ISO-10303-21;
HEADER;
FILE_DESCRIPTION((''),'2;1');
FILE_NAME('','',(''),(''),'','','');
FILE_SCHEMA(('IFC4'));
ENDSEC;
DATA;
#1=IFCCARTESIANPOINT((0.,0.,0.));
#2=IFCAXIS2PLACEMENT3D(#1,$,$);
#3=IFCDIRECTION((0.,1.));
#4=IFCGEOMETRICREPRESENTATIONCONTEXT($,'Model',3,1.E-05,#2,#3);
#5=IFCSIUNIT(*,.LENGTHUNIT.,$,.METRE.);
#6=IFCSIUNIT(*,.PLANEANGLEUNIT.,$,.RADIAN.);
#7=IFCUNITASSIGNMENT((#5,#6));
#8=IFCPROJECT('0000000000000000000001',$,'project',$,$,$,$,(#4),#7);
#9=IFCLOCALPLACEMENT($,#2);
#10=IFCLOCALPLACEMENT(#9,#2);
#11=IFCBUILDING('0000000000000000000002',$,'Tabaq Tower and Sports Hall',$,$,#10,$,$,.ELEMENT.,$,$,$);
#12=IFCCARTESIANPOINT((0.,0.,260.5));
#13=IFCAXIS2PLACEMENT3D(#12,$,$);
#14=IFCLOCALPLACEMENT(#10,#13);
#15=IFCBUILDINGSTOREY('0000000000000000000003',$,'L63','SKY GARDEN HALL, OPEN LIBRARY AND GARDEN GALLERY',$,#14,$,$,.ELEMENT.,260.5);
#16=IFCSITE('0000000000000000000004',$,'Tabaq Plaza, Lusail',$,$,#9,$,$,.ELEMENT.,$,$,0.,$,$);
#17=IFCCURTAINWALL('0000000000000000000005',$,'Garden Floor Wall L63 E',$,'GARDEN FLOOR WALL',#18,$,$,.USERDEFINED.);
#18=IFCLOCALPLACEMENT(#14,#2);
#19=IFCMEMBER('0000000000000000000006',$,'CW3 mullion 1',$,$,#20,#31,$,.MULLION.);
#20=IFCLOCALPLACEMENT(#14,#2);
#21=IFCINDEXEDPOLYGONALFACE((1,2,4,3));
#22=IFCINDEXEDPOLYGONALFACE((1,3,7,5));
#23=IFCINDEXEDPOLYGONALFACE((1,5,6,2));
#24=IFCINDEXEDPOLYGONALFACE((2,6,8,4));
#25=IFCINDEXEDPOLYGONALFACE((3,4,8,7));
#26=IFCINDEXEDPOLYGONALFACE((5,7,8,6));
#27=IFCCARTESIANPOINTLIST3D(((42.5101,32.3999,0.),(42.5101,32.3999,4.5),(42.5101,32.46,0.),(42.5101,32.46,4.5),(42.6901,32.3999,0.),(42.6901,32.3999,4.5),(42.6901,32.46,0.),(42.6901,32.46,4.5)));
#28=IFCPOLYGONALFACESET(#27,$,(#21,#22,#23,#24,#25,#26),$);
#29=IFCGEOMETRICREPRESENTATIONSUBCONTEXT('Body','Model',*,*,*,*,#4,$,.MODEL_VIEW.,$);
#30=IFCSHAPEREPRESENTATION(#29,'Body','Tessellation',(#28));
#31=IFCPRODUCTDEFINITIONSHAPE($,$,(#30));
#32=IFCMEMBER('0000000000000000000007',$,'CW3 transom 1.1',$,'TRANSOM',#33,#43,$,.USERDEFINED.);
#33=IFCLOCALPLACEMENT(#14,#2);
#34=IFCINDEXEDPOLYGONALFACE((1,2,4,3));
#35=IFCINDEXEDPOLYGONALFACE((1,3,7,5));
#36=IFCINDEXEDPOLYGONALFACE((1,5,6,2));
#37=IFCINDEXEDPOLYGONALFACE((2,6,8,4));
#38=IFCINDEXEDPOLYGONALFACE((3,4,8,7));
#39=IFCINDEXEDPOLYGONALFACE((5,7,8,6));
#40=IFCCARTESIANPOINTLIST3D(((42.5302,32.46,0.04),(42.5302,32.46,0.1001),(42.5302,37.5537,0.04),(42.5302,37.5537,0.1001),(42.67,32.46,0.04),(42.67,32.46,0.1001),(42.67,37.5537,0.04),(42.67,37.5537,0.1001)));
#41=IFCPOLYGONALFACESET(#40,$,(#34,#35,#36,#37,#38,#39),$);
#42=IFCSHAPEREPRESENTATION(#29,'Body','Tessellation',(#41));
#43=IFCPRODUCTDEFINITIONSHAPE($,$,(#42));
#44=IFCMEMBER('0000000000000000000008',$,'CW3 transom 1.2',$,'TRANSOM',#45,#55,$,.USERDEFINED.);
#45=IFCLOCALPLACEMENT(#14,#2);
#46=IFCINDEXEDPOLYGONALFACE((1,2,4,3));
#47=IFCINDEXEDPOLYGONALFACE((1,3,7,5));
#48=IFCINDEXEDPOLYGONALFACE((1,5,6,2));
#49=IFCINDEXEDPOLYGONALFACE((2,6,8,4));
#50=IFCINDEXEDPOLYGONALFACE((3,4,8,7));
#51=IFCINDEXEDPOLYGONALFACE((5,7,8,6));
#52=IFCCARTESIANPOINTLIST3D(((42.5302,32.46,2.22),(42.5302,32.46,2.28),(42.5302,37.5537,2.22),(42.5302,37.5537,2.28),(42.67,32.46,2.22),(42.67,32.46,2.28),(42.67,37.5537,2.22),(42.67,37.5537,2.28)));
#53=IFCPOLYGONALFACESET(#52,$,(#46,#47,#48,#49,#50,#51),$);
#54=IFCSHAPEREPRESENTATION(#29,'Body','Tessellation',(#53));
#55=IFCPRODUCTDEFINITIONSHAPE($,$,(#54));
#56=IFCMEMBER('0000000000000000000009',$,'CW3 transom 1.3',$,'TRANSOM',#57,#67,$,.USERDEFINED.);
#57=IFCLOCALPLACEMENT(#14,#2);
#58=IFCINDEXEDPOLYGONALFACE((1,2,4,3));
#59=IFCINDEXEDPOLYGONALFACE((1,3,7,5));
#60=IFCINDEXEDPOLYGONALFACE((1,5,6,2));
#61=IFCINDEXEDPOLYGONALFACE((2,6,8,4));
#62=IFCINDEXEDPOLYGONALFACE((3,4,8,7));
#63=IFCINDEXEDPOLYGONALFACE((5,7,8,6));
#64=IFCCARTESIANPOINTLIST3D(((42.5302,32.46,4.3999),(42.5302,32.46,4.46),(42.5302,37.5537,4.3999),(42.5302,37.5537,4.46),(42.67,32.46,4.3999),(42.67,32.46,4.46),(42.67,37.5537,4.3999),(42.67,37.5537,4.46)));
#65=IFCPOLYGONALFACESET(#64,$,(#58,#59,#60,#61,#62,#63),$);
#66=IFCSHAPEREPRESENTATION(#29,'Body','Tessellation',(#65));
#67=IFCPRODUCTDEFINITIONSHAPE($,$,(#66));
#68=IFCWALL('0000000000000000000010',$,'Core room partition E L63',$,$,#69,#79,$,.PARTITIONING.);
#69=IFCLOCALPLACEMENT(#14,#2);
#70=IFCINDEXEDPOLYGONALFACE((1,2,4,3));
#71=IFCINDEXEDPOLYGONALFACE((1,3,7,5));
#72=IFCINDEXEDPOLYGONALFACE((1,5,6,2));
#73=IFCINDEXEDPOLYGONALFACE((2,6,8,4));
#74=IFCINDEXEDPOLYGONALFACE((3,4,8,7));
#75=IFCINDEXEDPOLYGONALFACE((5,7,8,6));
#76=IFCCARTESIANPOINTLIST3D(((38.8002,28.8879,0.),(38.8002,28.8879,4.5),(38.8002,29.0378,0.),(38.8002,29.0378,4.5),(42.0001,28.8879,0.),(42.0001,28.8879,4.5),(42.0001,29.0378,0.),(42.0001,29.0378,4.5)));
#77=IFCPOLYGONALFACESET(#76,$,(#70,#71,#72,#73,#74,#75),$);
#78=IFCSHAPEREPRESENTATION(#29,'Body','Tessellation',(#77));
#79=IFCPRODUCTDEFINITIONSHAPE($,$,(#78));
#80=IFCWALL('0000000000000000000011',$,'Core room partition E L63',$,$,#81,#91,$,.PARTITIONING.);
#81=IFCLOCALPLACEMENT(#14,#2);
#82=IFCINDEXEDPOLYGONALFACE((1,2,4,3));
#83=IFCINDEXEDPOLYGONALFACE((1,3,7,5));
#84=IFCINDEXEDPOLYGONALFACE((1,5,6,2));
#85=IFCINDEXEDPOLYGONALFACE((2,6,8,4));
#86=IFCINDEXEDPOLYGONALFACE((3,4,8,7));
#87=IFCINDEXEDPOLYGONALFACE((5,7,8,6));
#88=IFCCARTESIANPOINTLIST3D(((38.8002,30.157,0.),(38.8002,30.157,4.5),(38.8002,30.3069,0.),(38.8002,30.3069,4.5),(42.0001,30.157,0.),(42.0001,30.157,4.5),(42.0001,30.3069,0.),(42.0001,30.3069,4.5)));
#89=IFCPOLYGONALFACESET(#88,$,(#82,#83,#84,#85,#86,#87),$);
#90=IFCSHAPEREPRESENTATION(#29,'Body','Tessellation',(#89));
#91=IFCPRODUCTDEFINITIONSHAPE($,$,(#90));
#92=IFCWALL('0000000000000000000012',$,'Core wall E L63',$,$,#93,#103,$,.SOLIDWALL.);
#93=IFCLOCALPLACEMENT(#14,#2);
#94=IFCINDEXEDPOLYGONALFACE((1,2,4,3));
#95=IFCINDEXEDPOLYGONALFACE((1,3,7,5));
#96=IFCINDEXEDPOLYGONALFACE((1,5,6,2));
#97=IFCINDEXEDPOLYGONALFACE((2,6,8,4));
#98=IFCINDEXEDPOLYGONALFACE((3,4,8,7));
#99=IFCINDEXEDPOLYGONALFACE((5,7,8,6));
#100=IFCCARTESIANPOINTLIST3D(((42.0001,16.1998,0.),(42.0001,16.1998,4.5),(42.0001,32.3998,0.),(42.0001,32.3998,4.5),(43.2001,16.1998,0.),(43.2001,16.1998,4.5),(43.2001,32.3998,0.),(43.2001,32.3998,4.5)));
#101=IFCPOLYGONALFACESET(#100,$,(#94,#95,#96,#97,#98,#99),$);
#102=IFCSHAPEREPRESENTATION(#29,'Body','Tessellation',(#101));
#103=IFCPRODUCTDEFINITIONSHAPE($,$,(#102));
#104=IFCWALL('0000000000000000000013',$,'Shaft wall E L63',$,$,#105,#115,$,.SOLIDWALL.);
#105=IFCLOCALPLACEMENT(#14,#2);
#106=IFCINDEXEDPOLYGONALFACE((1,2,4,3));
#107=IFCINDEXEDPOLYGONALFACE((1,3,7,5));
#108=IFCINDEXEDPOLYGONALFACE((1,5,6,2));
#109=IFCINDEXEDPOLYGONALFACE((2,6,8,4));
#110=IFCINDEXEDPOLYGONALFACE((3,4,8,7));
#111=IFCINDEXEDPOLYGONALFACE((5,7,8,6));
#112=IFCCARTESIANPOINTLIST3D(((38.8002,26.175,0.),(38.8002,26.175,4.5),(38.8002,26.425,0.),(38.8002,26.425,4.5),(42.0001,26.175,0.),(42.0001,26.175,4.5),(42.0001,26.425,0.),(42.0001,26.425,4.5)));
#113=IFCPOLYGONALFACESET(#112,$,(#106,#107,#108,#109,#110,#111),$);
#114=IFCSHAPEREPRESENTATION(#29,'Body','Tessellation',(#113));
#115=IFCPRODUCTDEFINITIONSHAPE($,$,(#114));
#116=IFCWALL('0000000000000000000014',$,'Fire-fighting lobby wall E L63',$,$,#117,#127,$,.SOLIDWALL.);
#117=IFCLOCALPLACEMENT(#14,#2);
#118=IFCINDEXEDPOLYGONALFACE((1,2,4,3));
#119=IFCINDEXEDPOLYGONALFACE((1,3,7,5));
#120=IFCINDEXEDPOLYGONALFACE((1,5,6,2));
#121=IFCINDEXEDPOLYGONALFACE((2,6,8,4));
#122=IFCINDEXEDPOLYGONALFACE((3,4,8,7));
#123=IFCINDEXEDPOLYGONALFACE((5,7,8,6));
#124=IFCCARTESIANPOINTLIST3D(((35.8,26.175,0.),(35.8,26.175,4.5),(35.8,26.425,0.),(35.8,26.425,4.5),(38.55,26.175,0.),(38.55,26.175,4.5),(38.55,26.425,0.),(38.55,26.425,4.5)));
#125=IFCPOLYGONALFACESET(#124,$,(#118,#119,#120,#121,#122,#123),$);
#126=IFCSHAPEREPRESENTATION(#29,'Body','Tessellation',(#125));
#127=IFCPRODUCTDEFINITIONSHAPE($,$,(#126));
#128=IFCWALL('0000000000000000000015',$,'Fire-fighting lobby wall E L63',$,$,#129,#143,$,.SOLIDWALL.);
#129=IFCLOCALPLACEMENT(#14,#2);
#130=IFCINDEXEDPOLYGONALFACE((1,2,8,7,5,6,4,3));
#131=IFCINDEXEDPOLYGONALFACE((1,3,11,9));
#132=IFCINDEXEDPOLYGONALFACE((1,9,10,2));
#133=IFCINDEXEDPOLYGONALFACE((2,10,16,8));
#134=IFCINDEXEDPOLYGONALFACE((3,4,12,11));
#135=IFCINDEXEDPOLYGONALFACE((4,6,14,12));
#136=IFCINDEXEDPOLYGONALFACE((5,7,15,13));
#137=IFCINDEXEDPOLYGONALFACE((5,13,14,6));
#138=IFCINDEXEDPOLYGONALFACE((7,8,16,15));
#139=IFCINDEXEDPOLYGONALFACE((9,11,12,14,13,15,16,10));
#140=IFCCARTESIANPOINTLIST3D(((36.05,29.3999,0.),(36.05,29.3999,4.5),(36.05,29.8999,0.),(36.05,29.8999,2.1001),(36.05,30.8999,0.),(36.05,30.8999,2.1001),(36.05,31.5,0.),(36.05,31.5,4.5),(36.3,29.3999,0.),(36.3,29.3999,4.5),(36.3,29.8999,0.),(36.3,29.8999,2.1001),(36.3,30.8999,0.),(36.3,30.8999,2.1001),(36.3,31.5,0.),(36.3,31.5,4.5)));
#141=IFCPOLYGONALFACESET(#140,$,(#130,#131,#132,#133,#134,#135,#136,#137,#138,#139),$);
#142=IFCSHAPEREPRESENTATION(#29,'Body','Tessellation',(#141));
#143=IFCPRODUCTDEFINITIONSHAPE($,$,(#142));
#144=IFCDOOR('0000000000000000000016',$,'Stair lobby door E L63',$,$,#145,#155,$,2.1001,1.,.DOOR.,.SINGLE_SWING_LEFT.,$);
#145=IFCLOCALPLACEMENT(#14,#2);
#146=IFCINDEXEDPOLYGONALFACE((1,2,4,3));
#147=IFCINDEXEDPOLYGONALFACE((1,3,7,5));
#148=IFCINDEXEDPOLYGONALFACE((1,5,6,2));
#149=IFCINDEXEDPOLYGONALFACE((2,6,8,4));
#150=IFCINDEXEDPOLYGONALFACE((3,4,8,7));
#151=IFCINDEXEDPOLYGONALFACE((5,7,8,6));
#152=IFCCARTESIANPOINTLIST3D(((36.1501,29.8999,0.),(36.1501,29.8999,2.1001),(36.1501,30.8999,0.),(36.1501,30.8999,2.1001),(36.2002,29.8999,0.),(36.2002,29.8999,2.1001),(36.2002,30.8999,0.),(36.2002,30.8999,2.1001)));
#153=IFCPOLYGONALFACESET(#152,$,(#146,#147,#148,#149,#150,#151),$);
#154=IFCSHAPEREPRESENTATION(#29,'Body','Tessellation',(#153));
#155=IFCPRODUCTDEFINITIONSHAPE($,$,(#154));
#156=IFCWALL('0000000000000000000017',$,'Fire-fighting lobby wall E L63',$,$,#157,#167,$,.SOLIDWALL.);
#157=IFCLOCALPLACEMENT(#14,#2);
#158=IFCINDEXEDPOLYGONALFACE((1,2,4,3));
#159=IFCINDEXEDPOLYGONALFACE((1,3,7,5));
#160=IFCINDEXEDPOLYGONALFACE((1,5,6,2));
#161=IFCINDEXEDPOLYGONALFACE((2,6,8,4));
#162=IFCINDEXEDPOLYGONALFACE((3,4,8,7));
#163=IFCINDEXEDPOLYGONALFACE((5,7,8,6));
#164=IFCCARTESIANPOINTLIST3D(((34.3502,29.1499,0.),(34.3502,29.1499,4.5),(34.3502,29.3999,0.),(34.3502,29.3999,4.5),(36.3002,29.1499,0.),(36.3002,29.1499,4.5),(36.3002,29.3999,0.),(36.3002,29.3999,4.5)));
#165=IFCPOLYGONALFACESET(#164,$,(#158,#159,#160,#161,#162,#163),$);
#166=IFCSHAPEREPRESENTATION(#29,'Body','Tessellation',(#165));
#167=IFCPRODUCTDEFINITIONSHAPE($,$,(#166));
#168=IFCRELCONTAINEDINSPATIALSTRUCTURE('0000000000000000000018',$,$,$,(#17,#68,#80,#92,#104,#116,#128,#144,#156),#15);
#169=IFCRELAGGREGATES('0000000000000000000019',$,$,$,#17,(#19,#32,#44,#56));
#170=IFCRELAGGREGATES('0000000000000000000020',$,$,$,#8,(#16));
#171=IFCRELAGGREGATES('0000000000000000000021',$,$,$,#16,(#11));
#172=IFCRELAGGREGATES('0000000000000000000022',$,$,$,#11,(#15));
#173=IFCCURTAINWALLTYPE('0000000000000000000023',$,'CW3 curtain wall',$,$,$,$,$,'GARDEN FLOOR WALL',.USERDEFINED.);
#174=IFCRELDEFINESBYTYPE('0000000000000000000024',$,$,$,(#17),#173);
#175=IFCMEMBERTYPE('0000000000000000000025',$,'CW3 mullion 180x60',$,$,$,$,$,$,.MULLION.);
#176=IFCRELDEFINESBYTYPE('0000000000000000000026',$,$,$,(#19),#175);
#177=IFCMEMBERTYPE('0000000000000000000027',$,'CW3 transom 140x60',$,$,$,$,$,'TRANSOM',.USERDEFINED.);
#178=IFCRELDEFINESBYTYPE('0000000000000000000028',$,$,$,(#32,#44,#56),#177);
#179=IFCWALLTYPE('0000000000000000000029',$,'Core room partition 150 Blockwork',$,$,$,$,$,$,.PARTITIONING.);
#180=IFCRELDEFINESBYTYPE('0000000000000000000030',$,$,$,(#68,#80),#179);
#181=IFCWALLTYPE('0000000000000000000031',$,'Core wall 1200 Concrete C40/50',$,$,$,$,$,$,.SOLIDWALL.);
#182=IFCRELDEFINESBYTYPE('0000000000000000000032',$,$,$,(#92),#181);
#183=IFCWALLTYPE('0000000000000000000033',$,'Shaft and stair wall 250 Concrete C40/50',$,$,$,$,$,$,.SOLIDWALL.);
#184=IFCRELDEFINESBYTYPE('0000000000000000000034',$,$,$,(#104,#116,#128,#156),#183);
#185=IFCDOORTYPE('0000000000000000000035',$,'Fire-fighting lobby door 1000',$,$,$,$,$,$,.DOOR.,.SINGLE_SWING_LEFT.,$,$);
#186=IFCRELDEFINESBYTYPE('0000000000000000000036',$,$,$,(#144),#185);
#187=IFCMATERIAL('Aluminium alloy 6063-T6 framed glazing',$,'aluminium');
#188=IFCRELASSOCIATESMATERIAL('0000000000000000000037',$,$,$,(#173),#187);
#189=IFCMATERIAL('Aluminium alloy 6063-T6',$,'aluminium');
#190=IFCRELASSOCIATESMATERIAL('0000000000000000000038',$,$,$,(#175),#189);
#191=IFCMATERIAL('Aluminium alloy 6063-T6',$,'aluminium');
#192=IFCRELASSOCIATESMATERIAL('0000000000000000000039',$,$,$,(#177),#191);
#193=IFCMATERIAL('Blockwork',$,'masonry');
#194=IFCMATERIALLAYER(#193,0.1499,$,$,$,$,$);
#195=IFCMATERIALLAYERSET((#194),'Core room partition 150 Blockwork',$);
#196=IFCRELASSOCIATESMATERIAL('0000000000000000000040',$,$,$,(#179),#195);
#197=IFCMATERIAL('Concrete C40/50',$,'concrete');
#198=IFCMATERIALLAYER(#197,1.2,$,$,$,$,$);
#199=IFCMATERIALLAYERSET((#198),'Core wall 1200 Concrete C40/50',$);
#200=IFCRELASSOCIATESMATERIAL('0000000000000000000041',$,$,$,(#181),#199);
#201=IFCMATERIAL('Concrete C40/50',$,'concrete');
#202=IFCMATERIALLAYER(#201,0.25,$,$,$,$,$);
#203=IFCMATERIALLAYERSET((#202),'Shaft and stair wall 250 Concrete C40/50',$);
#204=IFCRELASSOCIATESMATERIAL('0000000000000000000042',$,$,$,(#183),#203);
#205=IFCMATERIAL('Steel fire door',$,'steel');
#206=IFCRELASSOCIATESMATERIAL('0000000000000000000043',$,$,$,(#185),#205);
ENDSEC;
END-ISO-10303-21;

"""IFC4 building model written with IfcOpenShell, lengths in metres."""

from ifc_helpers import new_model, si_unit, direction, frame, frame_2d, origin, origin_2d, place, context, subcontext, project, spatial, rectangle, extrude, material, layer, layer_set, material_profile, profile_set, type_object, element, fill, aggregate, save


model = new_model("IFC4")

# Units and contexts
model_context = context("Model", 3, precision=1e-05, world=origin(), true_north=direction((0.0, 1.0)))
body_context = subcontext(model_context, "Body", "Model", "MODEL_VIEW")
ifc_project = project(units=[si_unit("LENGTHUNIT", "METRE"), si_unit("PLANEANGLEUNIT", "RADIAN")], contexts=[model_context])

# Site, building, storey
site_placement = place(None, origin())
site = spatial("IfcSite", under=ifc_project, at=site_placement, Name="Tabaq Plaza, Lusail", CompositionType="ELEMENT", RefElevation=0.0)
building_placement = place(site_placement, origin())
building = spatial("IfcBuilding", under=site, at=building_placement, Name="Tabaq Tower and Sports Hall", CompositionType="ELEMENT")
storey_placement = place(building_placement, frame((0.0, 0.0, 260.5)))
storey = spatial("IfcBuildingStorey", under=building, at=storey_placement, Name="L63", Description="SKY GARDEN HALL, OPEN LIBRARY AND GARDEN GALLERY", CompositionType="ELEMENT", Elevation=260.5)

# Curtain wall, members
ifc_material_1 = material(Name="Aluminium alloy 6063-T6 framed glazing", Category="aluminium")
curtain_wall_type = type_object("IfcCurtainWallType", Name="CW3 curtain wall", ElementType="GARDEN FLOOR WALL", PredefinedType="USERDEFINED", material=ifc_material_1)
curtain_wall_placement = place(storey_placement, origin())
curtain_wall = element("IfcCurtainWall", 1, at=curtain_wall_placement, inside=storey, type_object=curtain_wall_type, Name="Garden Floor Wall L63 E", ObjectType="GARDEN FLOOR WALL", PredefinedType="USERDEFINED")
ifc_material_2 = material(Name="Aluminium alloy 6063-T6", Category="aluminium")
ifc_material_profile_1 = material_profile(ifc_material_2, rectangle(XDim=0.1799, YDim=0.0601, at=origin_2d()), Name="MULLION 180x60")
ifc_profile_set_1 = profile_set([ifc_material_profile_1], Name="Aluminium alloy 6063-T6")
member_type_1 = type_object("IfcMemberType", Name="CW3 mullion 180x60", PredefinedType="MULLION", material=ifc_profile_set_1)
member_1_placement = place(storey_placement, frame((42.6001, 32.4299, 0.0), z_axis=(0.0, 0.0, 1.0), x_axis=(-1.0, 0.0, 0.0)))
member_1 = element("IfcMember", 2, at=member_1_placement, type_object=member_type_1, Name="CW3 mullion 1", PredefinedType="MULLION", context=body_context, shape_type="SweptSolid", body=[
    extrude(rectangle(XDim=0.1799, YDim=0.0601, at=origin_2d()), origin(), (0.0, 0.0, 1.0), 4.5),
])
ifc_material_3 = material(Name="Aluminium alloy 6063-T6", Category="aluminium")
ifc_material_profile_2 = material_profile(ifc_material_3, rectangle(XDim=0.1399, YDim=0.0601, at=origin_2d()), Name="TRANSOM 140x60")
ifc_profile_set_2 = profile_set([ifc_material_profile_2], Name="Aluminium alloy 6063-T6")
member_type_2 = type_object("IfcMemberType", Name="CW3 transom 140x60", ElementType="TRANSOM", PredefinedType="USERDEFINED", material=ifc_profile_set_2)
member_2_placement = place(storey_placement, frame((42.6001, 32.46, 0.0701), z_axis=(0.0, 1.0, 0.0), x_axis=(-1.0, 0.0, 0.0)))
member_2 = element("IfcMember", 3, at=member_2_placement, type_object=member_type_2, Name="CW3 transom 1.1", ObjectType="TRANSOM", PredefinedType="USERDEFINED", context=body_context, shape_type="SweptSolid", body=[
    extrude(rectangle(XDim=0.1399, YDim=0.0601, at=origin_2d()), origin(), (0.0, 0.0, 1.0), 5.0938),
])
member_3_placement = place(storey_placement, frame((42.6001, 32.46, 2.25), z_axis=(0.0, 1.0, 0.0), x_axis=(-1.0, 0.0, 0.0)))
member_3 = element("IfcMember", 4, at=member_3_placement, type_object=member_type_2, Name="CW3 transom 1.2", ObjectType="TRANSOM", PredefinedType="USERDEFINED", context=body_context, shape_type="SweptSolid", body=[
    extrude(rectangle(XDim=0.1399, YDim=0.0601, at=origin_2d()), origin(), (0.0, 0.0, 1.0), 5.0938),
])
member_4_placement = place(storey_placement, frame((42.6001, 32.46, 4.4299), z_axis=(0.0, 1.0, 0.0), x_axis=(-1.0, 0.0, 0.0)))
member_4 = element("IfcMember", 5, at=member_4_placement, type_object=member_type_2, Name="CW3 transom 1.3", ObjectType="TRANSOM", PredefinedType="USERDEFINED", context=body_context, shape_type="SweptSolid", body=[
    extrude(rectangle(XDim=0.1399, YDim=0.0601, at=origin_2d()), origin(), (0.0, 0.0, 1.0), 5.0938),
])
aggregate(curtain_wall, [member_1, member_2, member_3, member_4])

# Walls
ifc_material_4 = material(Name="Blockwork", Category="masonry")
ifc_layer_1 = layer(ifc_material_4, 0.1499)
ifc_layer_set_1 = layer_set([ifc_layer_1], Name="Core room partition 150 Blockwork")
wall_type_1 = type_object("IfcWallType", Name="Core room partition 150 Blockwork", PredefinedType="PARTITIONING", material=ifc_layer_set_1)
for number, where, z_axis, x_axis, name in (
    (6, (38.8, 28.9629, 0.0), (0.0, 0.0, 1.0), (1.0, 0.0, 0.0), "Core room partition E L63"),
    (7, (38.8, 30.2319, 0.0), (0.0, 0.0, 1.0), (1.0, 0.0, 0.0), "Core room partition E L63"),
):
    element("IfcWall", number, at=place(storey_placement, frame(where, z_axis=z_axis, x_axis=x_axis)), inside=storey, type_object=wall_type_1, Name=name, PredefinedType="PARTITIONING", context=body_context, shape_type="SweptSolid", body=[
        extrude(rectangle(XDim=3.2, YDim=0.1499, at=frame_2d((1.6001, 0.0))), origin(), (0.0, 0.0, 1.0), 4.5),
    ])
ifc_material_5 = material(Name="Concrete C40/50", Category="concrete")
ifc_layer_2 = layer(ifc_material_5, 1.2)
ifc_layer_set_2 = layer_set([ifc_layer_2], Name="Core wall 1200 Concrete C40/50")
wall_type_2 = type_object("IfcWallType", Name="Core wall 1200 Concrete C40/50", PredefinedType="SOLIDWALL", material=ifc_layer_set_2)
wall_1_placement = place(storey_placement, frame((42.6001, 32.3999, 0.0), z_axis=(0.0, 0.0, 1.0), x_axis=(0.0, -1.0, 0.0)))
element("IfcWall", 8, at=wall_1_placement, inside=storey, type_object=wall_type_2, Name="Core wall E L63", PredefinedType="SOLIDWALL", context=body_context, shape_type="SweptSolid", body=[
    extrude(rectangle(XDim=16.2, YDim=1.2, at=frame_2d((8.1001, 0.0))), origin(), (0.0, 0.0, 1.0), 4.5),
])
ifc_material_6 = material(Name="Concrete C40/50", Category="concrete")
ifc_layer_3 = layer(ifc_material_6, 0.25)
ifc_layer_set_3 = layer_set([ifc_layer_3], Name="Shaft and stair wall 250 Concrete C40/50")
wall_type_3 = type_object("IfcWallType", Name="Shaft and stair wall 250 Concrete C40/50", PredefinedType="SOLIDWALL", material=ifc_layer_set_3)
wall_2_placement = place(storey_placement, frame((38.8, 26.3, 0.0), z_axis=(0.0, 0.0, 1.0), x_axis=(1.0, 0.0, 0.0)))
element("IfcWall", 9, at=wall_2_placement, inside=storey, type_object=wall_type_3, Name="Shaft wall E L63", PredefinedType="SOLIDWALL", context=body_context, shape_type="SweptSolid", body=[
    extrude(rectangle(XDim=3.2, YDim=0.25, at=frame_2d((1.6001, 0.0))), origin(), (0.0, 0.0, 1.0), 4.5),
])
wall_3_placement = place(storey_placement, frame((35.8, 26.3, 0.0), z_axis=(0.0, 0.0, 1.0), x_axis=(1.0, 0.0, 0.0)))
element("IfcWall", 10, at=wall_3_placement, inside=storey, type_object=wall_type_3, Name="Fire-fighting lobby wall E L63", PredefinedType="SOLIDWALL", context=body_context, shape_type="SweptSolid", body=[
    extrude(rectangle(XDim=2.75, YDim=0.25, at=frame_2d((1.375, 0.0))), origin(), (0.0, 0.0, 1.0), 4.5),
])

# Wall, opening, door
wall_4_placement = place(storey_placement, frame((36.175, 29.3999, 0.0), z_axis=(0.0, 0.0, 1.0), x_axis=(0.0, 1.0, 0.0)))
wall_4 = element("IfcWall", 11, at=wall_4_placement, inside=storey, type_object=wall_type_3, Name="Fire-fighting lobby wall E L63", PredefinedType="SOLIDWALL", context=body_context, shape_type="SweptSolid", body=[
    extrude(rectangle(XDim=2.1001, YDim=0.25, at=frame_2d((1.05, 0.0))), origin(), (0.0, 0.0, 1.0), 4.5),
])
opening_placement = place(wall_4_placement, frame((0.5, 0.0, 0.0)))
opening = element("IfcOpeningElement", 12, at=opening_placement, cuts=wall_4, PredefinedType="OPENING", context=body_context, shape_type="SweptSolid", body=[
    extrude(rectangle(XDim=1.0, YDim=2.1001, at=frame_2d((0.5, 1.05))), frame((0.0, 0.125, 0.0), z_axis=(0.0, -1.0, 0.0), x_axis=(1.0, 0.0, 0.0)), (0.0, 0.0, 1.0), 0.25),
])
ifc_material_7 = material(Name="Steel fire door", Category="steel")
door_type = type_object("IfcDoorType", Name="Fire-fighting lobby door 1000", OperationType="SINGLE_SWING_LEFT", PredefinedType="DOOR", material=ifc_material_7)
door_placement = place(opening_placement, origin())
door = element("IfcDoor", 13, at=door_placement, inside=storey, type_object=door_type, Name="Stair lobby door E L63", OperationType="SINGLE_SWING_LEFT", OverallHeight=2.1001, OverallWidth=1.0, PredefinedType="DOOR", context=body_context, shape_type="SweptSolid", body=[
    extrude(rectangle(XDim=1.0, YDim=2.1001, at=frame_2d((0.5, 1.05))), frame((0.0, 0.0249, 0.0), z_axis=(0.0, -1.0, 0.0), x_axis=(1.0, 0.0, 0.0)), (0.0, 0.0, 1.0), 0.05),
])
fill(opening, door)

# Wall
wall_5_placement = place(storey_placement, frame((34.3501, 29.2749, 0.0), z_axis=(0.0, 0.0, 1.0), x_axis=(1.0, 0.0, 0.0)))
element("IfcWall", 14, at=wall_5_placement, inside=storey, type_object=wall_type_3, Name="Fire-fighting lobby wall E L63", PredefinedType="SOLIDWALL", context=body_context, shape_type="SweptSolid", body=[
    extrude(rectangle(XDim=1.95, YDim=0.25, at=frame_2d((0.9751, 0.0))), origin(), (0.0, 0.0, 1.0), 4.5),
])

save(model, "model.ifc")
